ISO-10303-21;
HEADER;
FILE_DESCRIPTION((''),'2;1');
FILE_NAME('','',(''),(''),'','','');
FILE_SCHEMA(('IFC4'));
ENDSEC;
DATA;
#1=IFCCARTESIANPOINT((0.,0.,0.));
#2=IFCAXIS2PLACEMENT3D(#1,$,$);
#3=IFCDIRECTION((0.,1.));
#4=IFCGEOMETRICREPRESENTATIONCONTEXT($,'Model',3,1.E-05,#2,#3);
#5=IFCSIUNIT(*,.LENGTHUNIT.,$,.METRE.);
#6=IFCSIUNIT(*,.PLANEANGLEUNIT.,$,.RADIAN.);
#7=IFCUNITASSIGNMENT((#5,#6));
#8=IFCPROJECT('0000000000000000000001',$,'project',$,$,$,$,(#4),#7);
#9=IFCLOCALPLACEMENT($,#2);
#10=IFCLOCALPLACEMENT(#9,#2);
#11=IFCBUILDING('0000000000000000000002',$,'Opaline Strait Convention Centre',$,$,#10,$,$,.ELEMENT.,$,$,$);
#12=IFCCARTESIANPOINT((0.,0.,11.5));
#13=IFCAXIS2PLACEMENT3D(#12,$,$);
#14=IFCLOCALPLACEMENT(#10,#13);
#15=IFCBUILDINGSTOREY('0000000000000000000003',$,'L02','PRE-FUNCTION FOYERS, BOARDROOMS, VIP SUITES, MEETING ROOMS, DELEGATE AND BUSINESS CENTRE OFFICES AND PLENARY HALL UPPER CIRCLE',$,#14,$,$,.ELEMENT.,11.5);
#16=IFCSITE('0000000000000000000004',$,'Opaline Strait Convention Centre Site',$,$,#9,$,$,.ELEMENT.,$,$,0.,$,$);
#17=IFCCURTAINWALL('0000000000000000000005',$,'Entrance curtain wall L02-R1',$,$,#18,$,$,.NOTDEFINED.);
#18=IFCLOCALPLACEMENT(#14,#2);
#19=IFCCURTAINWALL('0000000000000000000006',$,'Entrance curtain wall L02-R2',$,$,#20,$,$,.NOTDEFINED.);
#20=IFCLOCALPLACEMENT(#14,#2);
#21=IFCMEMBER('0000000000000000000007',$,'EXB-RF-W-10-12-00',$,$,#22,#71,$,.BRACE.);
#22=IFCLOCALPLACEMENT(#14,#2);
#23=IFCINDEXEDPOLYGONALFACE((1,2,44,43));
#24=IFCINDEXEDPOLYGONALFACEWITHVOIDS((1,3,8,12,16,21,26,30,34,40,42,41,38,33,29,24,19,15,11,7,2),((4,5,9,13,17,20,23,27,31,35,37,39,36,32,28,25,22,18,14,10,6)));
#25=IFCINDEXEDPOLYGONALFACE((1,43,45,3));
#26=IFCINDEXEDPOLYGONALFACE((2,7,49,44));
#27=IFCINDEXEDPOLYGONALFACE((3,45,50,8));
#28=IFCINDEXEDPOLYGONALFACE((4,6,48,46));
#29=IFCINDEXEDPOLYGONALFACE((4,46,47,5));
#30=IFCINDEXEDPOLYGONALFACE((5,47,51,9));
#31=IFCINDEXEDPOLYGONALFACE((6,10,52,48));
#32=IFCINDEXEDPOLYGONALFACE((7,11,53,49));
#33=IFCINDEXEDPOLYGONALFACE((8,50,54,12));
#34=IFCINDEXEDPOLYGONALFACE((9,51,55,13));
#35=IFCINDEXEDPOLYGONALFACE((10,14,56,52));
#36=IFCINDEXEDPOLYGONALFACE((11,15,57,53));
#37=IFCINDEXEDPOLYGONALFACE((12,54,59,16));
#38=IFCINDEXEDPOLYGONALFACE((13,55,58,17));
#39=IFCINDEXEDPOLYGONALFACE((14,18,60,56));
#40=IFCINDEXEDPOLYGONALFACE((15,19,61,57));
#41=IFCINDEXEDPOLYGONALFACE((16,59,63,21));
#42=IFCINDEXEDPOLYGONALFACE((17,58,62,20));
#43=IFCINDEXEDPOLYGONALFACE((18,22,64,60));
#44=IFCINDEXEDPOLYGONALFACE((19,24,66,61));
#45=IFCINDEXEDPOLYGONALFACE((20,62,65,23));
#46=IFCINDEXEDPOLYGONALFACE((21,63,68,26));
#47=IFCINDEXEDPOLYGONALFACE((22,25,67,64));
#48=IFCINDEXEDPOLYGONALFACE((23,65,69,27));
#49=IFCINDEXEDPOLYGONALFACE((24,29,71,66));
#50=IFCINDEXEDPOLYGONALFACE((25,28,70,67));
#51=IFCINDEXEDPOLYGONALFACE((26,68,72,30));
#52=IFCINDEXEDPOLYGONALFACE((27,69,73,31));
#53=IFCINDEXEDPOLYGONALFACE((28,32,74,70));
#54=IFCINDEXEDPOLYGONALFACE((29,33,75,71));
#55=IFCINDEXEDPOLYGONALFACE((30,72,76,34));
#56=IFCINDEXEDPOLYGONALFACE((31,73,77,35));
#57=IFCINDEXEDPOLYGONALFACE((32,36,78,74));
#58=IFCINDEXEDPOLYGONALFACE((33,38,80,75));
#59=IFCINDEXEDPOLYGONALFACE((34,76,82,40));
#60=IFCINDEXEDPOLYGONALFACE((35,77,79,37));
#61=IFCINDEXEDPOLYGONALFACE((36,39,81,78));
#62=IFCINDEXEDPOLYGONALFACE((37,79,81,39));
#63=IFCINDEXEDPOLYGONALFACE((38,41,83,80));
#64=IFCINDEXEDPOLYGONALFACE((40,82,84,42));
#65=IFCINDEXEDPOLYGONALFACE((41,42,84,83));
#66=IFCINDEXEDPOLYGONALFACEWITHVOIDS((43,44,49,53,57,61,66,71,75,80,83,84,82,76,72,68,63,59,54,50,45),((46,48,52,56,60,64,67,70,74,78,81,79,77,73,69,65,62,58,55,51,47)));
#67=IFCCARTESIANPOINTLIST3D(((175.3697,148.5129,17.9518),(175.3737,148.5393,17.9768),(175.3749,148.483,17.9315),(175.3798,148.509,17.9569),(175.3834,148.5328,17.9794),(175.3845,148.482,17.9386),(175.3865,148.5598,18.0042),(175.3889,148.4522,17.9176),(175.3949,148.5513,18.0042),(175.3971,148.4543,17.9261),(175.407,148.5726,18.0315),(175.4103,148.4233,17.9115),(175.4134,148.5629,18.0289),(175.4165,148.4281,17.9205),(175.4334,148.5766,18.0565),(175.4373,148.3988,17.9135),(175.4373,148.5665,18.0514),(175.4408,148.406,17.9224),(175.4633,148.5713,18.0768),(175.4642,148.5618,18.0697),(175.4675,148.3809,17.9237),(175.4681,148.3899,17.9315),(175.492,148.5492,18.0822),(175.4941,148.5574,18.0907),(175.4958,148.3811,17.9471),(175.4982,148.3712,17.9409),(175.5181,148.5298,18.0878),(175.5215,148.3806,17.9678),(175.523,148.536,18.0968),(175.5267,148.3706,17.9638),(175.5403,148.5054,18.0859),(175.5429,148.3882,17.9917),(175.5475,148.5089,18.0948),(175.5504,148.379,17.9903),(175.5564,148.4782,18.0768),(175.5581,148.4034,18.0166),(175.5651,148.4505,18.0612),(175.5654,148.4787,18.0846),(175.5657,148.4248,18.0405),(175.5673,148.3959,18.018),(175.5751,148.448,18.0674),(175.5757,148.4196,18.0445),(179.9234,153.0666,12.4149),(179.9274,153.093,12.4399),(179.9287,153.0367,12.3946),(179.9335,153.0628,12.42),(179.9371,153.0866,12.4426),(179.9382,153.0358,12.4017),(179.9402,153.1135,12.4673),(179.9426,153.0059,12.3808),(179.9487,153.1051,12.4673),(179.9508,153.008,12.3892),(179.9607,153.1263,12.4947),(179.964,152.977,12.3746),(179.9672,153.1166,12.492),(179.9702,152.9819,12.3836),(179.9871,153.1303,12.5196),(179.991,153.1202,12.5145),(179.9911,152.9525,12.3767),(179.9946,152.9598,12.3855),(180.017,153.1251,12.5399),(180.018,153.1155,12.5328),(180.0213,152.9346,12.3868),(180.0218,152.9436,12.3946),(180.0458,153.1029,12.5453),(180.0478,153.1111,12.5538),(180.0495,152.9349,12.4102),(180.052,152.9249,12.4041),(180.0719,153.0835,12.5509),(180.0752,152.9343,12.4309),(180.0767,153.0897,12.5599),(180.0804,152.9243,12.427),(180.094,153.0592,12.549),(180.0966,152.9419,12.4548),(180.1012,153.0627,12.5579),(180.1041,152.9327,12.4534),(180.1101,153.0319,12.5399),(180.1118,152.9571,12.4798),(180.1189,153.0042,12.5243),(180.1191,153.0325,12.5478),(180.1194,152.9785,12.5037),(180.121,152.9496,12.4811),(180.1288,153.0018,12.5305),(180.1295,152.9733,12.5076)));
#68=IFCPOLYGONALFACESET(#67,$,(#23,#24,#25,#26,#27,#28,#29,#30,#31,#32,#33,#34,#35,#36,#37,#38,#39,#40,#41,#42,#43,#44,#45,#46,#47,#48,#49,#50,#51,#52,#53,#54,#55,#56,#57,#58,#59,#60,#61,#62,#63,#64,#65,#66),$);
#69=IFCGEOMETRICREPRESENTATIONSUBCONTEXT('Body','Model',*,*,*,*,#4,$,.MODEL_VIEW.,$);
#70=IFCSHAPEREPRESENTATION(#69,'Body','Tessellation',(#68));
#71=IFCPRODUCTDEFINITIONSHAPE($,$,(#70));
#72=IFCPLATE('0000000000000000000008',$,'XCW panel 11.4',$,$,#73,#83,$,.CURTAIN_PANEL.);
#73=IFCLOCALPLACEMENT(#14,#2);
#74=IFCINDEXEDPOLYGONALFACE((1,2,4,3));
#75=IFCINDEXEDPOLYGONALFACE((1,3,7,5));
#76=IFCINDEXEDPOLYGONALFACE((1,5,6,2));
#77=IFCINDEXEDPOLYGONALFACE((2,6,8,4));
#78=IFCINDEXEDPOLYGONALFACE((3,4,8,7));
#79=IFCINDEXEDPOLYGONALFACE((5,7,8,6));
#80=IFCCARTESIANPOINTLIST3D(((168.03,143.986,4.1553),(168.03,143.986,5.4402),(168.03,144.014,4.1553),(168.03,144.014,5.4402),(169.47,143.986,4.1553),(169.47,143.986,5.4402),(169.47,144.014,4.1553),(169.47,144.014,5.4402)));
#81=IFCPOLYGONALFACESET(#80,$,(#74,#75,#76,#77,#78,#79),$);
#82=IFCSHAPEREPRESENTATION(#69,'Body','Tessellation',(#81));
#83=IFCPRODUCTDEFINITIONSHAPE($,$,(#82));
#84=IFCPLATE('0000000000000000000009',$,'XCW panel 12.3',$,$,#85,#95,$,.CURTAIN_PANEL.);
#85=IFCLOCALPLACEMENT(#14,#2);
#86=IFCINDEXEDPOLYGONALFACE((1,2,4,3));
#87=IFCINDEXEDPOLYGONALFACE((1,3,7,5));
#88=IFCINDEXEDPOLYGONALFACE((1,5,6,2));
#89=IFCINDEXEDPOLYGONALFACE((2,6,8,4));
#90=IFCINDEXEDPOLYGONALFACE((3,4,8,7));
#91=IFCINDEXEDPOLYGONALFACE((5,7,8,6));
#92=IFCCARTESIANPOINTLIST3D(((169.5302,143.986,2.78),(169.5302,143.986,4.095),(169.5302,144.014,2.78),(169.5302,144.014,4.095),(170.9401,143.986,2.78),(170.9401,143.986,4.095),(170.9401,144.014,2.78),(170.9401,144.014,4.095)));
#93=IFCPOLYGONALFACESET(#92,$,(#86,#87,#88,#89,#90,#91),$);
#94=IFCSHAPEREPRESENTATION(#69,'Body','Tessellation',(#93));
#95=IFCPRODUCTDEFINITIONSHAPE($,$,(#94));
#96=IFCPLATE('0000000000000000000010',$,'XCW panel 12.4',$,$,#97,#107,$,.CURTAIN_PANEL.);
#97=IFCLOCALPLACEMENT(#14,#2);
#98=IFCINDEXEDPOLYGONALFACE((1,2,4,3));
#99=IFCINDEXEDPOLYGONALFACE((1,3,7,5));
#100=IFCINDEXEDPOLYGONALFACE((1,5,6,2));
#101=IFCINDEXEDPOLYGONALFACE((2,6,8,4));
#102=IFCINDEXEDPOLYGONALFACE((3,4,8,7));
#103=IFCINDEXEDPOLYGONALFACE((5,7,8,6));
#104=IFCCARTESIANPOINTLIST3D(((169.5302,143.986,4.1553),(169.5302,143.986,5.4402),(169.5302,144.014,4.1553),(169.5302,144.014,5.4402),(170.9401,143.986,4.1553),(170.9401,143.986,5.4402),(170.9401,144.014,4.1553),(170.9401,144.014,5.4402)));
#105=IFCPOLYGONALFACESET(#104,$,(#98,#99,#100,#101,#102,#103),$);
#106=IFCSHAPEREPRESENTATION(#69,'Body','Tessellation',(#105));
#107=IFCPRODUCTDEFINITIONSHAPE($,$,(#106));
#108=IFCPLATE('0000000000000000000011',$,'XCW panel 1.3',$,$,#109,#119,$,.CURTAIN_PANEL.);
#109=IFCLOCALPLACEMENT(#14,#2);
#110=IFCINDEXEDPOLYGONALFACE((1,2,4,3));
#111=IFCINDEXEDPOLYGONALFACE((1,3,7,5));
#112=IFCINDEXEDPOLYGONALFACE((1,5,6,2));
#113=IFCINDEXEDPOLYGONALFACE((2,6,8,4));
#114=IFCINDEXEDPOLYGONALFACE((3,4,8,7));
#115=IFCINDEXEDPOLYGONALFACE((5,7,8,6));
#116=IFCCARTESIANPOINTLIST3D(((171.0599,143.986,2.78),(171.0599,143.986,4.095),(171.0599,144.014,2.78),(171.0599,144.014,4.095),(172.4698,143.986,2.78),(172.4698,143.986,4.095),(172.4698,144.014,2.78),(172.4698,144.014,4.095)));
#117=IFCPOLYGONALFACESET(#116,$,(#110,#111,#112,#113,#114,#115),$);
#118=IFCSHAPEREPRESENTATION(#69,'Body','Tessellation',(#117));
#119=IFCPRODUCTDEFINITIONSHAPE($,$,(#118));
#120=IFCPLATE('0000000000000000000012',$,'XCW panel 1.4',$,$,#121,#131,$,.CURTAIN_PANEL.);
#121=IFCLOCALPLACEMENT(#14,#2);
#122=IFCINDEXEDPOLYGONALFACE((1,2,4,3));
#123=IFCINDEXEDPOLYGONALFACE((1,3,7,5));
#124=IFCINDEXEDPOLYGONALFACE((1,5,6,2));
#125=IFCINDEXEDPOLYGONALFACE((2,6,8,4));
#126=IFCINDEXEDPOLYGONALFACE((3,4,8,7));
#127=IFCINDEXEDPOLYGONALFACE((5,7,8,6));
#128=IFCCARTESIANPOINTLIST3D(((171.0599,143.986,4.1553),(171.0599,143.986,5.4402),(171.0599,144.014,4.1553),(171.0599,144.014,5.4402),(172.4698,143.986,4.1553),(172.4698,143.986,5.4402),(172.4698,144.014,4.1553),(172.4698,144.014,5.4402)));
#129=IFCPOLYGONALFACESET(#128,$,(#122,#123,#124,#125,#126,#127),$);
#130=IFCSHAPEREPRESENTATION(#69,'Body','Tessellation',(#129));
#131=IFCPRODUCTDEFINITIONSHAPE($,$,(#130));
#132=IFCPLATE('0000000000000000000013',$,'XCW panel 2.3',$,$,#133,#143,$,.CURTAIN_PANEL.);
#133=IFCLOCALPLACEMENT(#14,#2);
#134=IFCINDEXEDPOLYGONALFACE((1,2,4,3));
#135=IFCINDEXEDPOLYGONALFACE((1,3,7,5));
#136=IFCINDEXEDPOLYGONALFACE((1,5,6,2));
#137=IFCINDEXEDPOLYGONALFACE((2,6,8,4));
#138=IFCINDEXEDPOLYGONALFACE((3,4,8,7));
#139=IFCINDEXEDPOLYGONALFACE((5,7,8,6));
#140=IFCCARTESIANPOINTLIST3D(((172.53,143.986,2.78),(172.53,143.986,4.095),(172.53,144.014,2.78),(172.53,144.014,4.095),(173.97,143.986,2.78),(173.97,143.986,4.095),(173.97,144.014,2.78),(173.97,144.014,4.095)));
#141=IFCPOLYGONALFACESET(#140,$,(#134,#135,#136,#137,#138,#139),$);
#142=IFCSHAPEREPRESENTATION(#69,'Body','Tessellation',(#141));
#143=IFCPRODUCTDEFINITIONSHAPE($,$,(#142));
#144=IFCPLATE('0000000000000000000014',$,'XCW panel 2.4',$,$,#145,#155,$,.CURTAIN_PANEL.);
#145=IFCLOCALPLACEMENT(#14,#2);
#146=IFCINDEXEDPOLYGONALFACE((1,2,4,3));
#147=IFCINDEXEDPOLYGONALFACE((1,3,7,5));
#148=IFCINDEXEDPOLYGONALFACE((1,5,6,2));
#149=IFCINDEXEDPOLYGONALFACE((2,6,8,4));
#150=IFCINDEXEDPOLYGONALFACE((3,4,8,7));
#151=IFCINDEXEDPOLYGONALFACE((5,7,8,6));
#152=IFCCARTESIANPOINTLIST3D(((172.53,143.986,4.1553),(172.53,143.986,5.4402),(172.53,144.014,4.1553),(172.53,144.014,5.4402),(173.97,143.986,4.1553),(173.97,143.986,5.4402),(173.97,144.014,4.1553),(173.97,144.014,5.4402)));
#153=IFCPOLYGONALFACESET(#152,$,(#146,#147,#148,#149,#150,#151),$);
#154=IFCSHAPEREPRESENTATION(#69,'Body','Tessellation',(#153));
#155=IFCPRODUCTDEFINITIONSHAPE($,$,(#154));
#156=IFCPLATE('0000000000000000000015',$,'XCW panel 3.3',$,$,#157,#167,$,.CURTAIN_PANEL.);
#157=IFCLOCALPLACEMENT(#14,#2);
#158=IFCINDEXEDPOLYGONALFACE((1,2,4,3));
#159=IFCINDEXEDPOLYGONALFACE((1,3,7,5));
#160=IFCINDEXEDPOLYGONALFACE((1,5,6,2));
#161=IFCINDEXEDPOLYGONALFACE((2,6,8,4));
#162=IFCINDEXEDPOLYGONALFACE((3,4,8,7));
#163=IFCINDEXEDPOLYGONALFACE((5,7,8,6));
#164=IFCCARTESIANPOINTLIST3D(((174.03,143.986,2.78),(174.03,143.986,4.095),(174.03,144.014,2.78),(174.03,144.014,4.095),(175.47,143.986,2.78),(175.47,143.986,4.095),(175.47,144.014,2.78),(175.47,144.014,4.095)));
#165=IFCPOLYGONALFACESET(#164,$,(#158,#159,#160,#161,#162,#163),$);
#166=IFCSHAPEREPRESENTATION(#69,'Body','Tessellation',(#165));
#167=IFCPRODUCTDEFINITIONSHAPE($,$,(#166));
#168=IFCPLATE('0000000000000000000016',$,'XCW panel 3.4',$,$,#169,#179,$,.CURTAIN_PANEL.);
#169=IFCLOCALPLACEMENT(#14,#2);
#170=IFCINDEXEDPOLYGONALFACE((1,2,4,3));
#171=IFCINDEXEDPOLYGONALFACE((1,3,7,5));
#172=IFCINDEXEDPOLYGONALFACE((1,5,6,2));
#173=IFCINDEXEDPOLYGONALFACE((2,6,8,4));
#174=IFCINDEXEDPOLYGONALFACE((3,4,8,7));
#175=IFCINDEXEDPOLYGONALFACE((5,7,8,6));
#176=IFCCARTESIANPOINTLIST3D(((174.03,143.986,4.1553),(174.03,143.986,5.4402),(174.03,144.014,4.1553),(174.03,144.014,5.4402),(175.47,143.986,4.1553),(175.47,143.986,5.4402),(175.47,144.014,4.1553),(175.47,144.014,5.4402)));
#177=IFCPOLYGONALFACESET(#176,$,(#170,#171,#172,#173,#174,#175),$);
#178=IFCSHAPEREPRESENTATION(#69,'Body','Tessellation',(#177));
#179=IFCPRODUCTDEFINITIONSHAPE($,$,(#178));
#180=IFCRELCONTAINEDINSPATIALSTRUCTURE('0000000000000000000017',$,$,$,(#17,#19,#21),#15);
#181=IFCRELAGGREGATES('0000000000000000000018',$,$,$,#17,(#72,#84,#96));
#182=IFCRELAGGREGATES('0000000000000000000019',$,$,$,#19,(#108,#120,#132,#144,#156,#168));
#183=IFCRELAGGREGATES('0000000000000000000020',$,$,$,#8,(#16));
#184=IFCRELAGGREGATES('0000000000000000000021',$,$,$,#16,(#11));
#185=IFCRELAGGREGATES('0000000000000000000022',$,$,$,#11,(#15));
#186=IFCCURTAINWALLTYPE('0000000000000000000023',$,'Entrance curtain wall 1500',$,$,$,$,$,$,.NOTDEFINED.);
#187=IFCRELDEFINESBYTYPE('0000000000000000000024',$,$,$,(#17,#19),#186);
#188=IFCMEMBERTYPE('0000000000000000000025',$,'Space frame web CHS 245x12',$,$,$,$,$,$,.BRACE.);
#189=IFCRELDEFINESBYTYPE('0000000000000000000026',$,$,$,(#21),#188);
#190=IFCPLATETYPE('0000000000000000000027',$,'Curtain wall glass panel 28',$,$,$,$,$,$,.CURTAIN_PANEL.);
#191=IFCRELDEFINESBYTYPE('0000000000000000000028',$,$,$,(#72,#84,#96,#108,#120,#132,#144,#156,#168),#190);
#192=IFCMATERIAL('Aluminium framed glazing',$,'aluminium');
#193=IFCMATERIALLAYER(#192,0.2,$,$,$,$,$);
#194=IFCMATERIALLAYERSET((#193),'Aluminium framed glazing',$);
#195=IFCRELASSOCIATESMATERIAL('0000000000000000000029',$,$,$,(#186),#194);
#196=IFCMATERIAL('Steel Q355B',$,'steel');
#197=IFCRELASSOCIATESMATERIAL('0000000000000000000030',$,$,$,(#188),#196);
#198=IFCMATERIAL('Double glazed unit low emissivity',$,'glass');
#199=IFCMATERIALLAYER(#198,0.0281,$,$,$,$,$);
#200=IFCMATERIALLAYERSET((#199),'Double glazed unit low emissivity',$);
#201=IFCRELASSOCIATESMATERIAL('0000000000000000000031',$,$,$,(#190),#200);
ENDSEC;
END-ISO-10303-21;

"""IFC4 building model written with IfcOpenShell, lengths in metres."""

from ifc_helpers import new_model, si_unit, direction, frame, origin, origin_2d, place, context, subcontext, project, spatial, rectangle, hollow_circle, extrude, material, layer, layer_set, material_profile, profile_set, type_object, element, aggregate, save


model = new_model("IFC4")

# Units and contexts
model_context = context("Model", 3, precision=1e-05, world=origin(), true_north=direction((0.0, 1.0)))
body_context = subcontext(model_context, "Body", "Model", "MODEL_VIEW")
ifc_project = project(units=[si_unit("LENGTHUNIT", "METRE"), si_unit("PLANEANGLEUNIT", "RADIAN")], contexts=[model_context])

# Site, building, storey
site_placement = place(None, origin())
site = spatial("IfcSite", under=ifc_project, at=site_placement, Name="Opaline Strait Convention Centre Site", CompositionType="ELEMENT", RefElevation=0.0)
building_placement = place(site_placement, origin())
building = spatial("IfcBuilding", under=site, at=building_placement, Name="Opaline Strait Convention Centre", CompositionType="ELEMENT")
storey_placement = place(building_placement, frame((0.0, 0.0, 11.5)))
storey = spatial("IfcBuildingStorey", under=building, at=storey_placement, Name="L02", Description="PRE-FUNCTION FOYERS, BOARDROOMS, VIP SUITES, MEETING ROOMS, DELEGATE AND BUSINESS CENTRE OFFICES AND PLENARY HALL UPPER CIRCLE", CompositionType="ELEMENT", Elevation=11.5)

# Curtain walls
ifc_material_1 = material(Name="Aluminium framed glazing", Category="aluminium")
ifc_layer_1 = layer(ifc_material_1, 0.2)
ifc_layer_set_1 = layer_set([ifc_layer_1], Name="Aluminium framed glazing")
curtain_wall_type = type_object("IfcCurtainWallType", Name="Entrance curtain wall 1500", PredefinedType="NOTDEFINED", material=ifc_layer_set_1)
curtain_wall_1_placement = place(storey_placement, origin())
curtain_wall_1 = element("IfcCurtainWall", 1, at=curtain_wall_1_placement, inside=storey, type_object=curtain_wall_type, Name="Entrance curtain wall L02-R1", PredefinedType="NOTDEFINED")
curtain_wall_2_placement = place(storey_placement, origin())
curtain_wall_2 = element("IfcCurtainWall", 2, at=curtain_wall_2_placement, inside=storey, type_object=curtain_wall_type, Name="Entrance curtain wall L02-R2", PredefinedType="NOTDEFINED")

# Member
ifc_material_2 = material(Name="Steel Q355B", Category="steel")
ifc_material_profile_1 = material_profile(ifc_material_2, hollow_circle(Radius=0.1226, WallThickness=0.012, at=origin_2d()), Name="CHS 245x12")
ifc_profile_set_1 = profile_set([ifc_material_profile_1], Name="Steel Q355B")
member_type_1 = type_object("IfcMemberType", Name="Space frame web CHS 245x12", PredefinedType="BRACE", material=ifc_profile_set_1)
member_1_placement = place(storey_placement, frame((175.4731, 148.4731, 18.0042), z_axis=(0.536178, 0.536178, -0.65194), x_axis=(-0.707107, 0.707107, 0.0)))
element("IfcMember", 3, at=member_1_placement, inside=storey, type_object=member_type_1, Name="EXB-RF-W-10-12-00", PredefinedType="BRACE", context=body_context, shape_type="SweptSolid", body=[
    extrude(hollow_circle(Radius=0.1226, WallThickness=0.012, at=origin_2d()), origin(), (0.0, 0.0, 1.0), 8.4929),
])

# Plates
ifc_material_3 = material(Name="Double glazed unit low emissivity", Category="glass")
ifc_layer_2 = layer(ifc_material_3, 0.0281)
ifc_layer_set_2 = layer_set([ifc_layer_2], Name="Double glazed unit low emissivity")
plate_type = type_object("IfcPlateType", Name="Curtain wall glass panel 28", PredefinedType="CURTAIN_PANEL", material=ifc_layer_set_2)
plate_1_placement = place(storey_placement, frame((168.75, 144.0, 4.1553), z_axis=(0.0, 0.0, 1.0), x_axis=(1.0, 0.0, 0.0)))
plate_1 = element("IfcPlate", 4, at=plate_1_placement, type_object=plate_type, Name="XCW panel 11.4", PredefinedType="CURTAIN_PANEL", context=body_context, shape_type="SweptSolid", body=[
    extrude(rectangle(XDim=1.4399, YDim=0.0281, at=origin_2d()), origin(), (0.0, 0.0, 1.0), 1.2849),
])
plate_2_placement = place(storey_placement, frame((170.2351, 144.0, 2.78), z_axis=(0.0, 0.0, 1.0), x_axis=(1.0, 0.0, 0.0)))
plate_2 = element("IfcPlate", 5, at=plate_2_placement, type_object=plate_type, Name="XCW panel 12.3", PredefinedType="CURTAIN_PANEL", context=body_context, shape_type="SweptSolid", body=[
    extrude(rectangle(XDim=1.4099, YDim=0.0281, at=origin_2d()), origin(), (0.0, 0.0, 1.0), 1.3149),
])
plate_3_placement = place(storey_placement, frame((170.2351, 144.0, 4.1553), z_axis=(0.0, 0.0, 1.0), x_axis=(1.0, 0.0, 0.0)))
plate_3 = element("IfcPlate", 6, at=plate_3_placement, type_object=plate_type, Name="XCW panel 12.4", PredefinedType="CURTAIN_PANEL", context=body_context, shape_type="SweptSolid", body=[
    extrude(rectangle(XDim=1.4099, YDim=0.0281, at=origin_2d()), origin(), (0.0, 0.0, 1.0), 1.2849),
])
aggregate(curtain_wall_1, [plate_1, plate_2, plate_3])
plate_4_placement = place(storey_placement, frame((171.7649, 144.0, 2.78), z_axis=(0.0, 0.0, 1.0), x_axis=(1.0, 0.0, 0.0)))
plate_4 = element("IfcPlate", 7, at=plate_4_placement, type_object=plate_type, Name="XCW panel 1.3", PredefinedType="CURTAIN_PANEL", context=body_context, shape_type="SweptSolid", body=[
    extrude(rectangle(XDim=1.4099, YDim=0.0281, at=origin_2d()), origin(), (0.0, 0.0, 1.0), 1.3149),
])
plate_5_placement = place(storey_placement, frame((171.7649, 144.0, 4.1553), z_axis=(0.0, 0.0, 1.0), x_axis=(1.0, 0.0, 0.0)))
plate_5 = element("IfcPlate", 8, at=plate_5_placement, type_object=plate_type, Name="XCW panel 1.4", PredefinedType="CURTAIN_PANEL", context=body_context, shape_type="SweptSolid", body=[
    extrude(rectangle(XDim=1.4099, YDim=0.0281, at=origin_2d()), origin(), (0.0, 0.0, 1.0), 1.2849),
])
plate_6_placement = place(storey_placement, frame((173.25, 144.0, 2.78), z_axis=(0.0, 0.0, 1.0), x_axis=(1.0, 0.0, 0.0)))
plate_6 = element("IfcPlate", 9, at=plate_6_placement, type_object=plate_type, Name="XCW panel 2.3", PredefinedType="CURTAIN_PANEL", context=body_context, shape_type="SweptSolid", body=[
    extrude(rectangle(XDim=1.4399, YDim=0.0281, at=origin_2d()), origin(), (0.0, 0.0, 1.0), 1.3149),
])
plate_7_placement = place(storey_placement, frame((173.25, 144.0, 4.1553), z_axis=(0.0, 0.0, 1.0), x_axis=(1.0, 0.0, 0.0)))
plate_7 = element("IfcPlate", 10, at=plate_7_placement, type_object=plate_type, Name="XCW panel 2.4", PredefinedType="CURTAIN_PANEL", context=body_context, shape_type="SweptSolid", body=[
    extrude(rectangle(XDim=1.4399, YDim=0.0281, at=origin_2d()), origin(), (0.0, 0.0, 1.0), 1.2849),
])
plate_8_placement = place(storey_placement, frame((174.75, 144.0, 2.78), z_axis=(0.0, 0.0, 1.0), x_axis=(1.0, 0.0, 0.0)))
plate_8 = element("IfcPlate", 11, at=plate_8_placement, type_object=plate_type, Name="XCW panel 3.3", PredefinedType="CURTAIN_PANEL", context=body_context, shape_type="SweptSolid", body=[
    extrude(rectangle(XDim=1.4399, YDim=0.0281, at=origin_2d()), origin(), (0.0, 0.0, 1.0), 1.3149),
])
plate_9_placement = place(storey_placement, frame((174.75, 144.0, 4.1553), z_axis=(0.0, 0.0, 1.0), x_axis=(1.0, 0.0, 0.0)))
plate_9 = element("IfcPlate", 12, at=plate_9_placement, type_object=plate_type, Name="XCW panel 3.4", PredefinedType="CURTAIN_PANEL", context=body_context, shape_type="SweptSolid", body=[
    extrude(rectangle(XDim=1.4399, YDim=0.0281, at=origin_2d()), origin(), (0.0, 0.0, 1.0), 1.2849),
])
aggregate(curtain_wall_2, [plate_4, plate_5, plate_6, plate_7, plate_8, plate_9])

save(model, "model.ifc")
